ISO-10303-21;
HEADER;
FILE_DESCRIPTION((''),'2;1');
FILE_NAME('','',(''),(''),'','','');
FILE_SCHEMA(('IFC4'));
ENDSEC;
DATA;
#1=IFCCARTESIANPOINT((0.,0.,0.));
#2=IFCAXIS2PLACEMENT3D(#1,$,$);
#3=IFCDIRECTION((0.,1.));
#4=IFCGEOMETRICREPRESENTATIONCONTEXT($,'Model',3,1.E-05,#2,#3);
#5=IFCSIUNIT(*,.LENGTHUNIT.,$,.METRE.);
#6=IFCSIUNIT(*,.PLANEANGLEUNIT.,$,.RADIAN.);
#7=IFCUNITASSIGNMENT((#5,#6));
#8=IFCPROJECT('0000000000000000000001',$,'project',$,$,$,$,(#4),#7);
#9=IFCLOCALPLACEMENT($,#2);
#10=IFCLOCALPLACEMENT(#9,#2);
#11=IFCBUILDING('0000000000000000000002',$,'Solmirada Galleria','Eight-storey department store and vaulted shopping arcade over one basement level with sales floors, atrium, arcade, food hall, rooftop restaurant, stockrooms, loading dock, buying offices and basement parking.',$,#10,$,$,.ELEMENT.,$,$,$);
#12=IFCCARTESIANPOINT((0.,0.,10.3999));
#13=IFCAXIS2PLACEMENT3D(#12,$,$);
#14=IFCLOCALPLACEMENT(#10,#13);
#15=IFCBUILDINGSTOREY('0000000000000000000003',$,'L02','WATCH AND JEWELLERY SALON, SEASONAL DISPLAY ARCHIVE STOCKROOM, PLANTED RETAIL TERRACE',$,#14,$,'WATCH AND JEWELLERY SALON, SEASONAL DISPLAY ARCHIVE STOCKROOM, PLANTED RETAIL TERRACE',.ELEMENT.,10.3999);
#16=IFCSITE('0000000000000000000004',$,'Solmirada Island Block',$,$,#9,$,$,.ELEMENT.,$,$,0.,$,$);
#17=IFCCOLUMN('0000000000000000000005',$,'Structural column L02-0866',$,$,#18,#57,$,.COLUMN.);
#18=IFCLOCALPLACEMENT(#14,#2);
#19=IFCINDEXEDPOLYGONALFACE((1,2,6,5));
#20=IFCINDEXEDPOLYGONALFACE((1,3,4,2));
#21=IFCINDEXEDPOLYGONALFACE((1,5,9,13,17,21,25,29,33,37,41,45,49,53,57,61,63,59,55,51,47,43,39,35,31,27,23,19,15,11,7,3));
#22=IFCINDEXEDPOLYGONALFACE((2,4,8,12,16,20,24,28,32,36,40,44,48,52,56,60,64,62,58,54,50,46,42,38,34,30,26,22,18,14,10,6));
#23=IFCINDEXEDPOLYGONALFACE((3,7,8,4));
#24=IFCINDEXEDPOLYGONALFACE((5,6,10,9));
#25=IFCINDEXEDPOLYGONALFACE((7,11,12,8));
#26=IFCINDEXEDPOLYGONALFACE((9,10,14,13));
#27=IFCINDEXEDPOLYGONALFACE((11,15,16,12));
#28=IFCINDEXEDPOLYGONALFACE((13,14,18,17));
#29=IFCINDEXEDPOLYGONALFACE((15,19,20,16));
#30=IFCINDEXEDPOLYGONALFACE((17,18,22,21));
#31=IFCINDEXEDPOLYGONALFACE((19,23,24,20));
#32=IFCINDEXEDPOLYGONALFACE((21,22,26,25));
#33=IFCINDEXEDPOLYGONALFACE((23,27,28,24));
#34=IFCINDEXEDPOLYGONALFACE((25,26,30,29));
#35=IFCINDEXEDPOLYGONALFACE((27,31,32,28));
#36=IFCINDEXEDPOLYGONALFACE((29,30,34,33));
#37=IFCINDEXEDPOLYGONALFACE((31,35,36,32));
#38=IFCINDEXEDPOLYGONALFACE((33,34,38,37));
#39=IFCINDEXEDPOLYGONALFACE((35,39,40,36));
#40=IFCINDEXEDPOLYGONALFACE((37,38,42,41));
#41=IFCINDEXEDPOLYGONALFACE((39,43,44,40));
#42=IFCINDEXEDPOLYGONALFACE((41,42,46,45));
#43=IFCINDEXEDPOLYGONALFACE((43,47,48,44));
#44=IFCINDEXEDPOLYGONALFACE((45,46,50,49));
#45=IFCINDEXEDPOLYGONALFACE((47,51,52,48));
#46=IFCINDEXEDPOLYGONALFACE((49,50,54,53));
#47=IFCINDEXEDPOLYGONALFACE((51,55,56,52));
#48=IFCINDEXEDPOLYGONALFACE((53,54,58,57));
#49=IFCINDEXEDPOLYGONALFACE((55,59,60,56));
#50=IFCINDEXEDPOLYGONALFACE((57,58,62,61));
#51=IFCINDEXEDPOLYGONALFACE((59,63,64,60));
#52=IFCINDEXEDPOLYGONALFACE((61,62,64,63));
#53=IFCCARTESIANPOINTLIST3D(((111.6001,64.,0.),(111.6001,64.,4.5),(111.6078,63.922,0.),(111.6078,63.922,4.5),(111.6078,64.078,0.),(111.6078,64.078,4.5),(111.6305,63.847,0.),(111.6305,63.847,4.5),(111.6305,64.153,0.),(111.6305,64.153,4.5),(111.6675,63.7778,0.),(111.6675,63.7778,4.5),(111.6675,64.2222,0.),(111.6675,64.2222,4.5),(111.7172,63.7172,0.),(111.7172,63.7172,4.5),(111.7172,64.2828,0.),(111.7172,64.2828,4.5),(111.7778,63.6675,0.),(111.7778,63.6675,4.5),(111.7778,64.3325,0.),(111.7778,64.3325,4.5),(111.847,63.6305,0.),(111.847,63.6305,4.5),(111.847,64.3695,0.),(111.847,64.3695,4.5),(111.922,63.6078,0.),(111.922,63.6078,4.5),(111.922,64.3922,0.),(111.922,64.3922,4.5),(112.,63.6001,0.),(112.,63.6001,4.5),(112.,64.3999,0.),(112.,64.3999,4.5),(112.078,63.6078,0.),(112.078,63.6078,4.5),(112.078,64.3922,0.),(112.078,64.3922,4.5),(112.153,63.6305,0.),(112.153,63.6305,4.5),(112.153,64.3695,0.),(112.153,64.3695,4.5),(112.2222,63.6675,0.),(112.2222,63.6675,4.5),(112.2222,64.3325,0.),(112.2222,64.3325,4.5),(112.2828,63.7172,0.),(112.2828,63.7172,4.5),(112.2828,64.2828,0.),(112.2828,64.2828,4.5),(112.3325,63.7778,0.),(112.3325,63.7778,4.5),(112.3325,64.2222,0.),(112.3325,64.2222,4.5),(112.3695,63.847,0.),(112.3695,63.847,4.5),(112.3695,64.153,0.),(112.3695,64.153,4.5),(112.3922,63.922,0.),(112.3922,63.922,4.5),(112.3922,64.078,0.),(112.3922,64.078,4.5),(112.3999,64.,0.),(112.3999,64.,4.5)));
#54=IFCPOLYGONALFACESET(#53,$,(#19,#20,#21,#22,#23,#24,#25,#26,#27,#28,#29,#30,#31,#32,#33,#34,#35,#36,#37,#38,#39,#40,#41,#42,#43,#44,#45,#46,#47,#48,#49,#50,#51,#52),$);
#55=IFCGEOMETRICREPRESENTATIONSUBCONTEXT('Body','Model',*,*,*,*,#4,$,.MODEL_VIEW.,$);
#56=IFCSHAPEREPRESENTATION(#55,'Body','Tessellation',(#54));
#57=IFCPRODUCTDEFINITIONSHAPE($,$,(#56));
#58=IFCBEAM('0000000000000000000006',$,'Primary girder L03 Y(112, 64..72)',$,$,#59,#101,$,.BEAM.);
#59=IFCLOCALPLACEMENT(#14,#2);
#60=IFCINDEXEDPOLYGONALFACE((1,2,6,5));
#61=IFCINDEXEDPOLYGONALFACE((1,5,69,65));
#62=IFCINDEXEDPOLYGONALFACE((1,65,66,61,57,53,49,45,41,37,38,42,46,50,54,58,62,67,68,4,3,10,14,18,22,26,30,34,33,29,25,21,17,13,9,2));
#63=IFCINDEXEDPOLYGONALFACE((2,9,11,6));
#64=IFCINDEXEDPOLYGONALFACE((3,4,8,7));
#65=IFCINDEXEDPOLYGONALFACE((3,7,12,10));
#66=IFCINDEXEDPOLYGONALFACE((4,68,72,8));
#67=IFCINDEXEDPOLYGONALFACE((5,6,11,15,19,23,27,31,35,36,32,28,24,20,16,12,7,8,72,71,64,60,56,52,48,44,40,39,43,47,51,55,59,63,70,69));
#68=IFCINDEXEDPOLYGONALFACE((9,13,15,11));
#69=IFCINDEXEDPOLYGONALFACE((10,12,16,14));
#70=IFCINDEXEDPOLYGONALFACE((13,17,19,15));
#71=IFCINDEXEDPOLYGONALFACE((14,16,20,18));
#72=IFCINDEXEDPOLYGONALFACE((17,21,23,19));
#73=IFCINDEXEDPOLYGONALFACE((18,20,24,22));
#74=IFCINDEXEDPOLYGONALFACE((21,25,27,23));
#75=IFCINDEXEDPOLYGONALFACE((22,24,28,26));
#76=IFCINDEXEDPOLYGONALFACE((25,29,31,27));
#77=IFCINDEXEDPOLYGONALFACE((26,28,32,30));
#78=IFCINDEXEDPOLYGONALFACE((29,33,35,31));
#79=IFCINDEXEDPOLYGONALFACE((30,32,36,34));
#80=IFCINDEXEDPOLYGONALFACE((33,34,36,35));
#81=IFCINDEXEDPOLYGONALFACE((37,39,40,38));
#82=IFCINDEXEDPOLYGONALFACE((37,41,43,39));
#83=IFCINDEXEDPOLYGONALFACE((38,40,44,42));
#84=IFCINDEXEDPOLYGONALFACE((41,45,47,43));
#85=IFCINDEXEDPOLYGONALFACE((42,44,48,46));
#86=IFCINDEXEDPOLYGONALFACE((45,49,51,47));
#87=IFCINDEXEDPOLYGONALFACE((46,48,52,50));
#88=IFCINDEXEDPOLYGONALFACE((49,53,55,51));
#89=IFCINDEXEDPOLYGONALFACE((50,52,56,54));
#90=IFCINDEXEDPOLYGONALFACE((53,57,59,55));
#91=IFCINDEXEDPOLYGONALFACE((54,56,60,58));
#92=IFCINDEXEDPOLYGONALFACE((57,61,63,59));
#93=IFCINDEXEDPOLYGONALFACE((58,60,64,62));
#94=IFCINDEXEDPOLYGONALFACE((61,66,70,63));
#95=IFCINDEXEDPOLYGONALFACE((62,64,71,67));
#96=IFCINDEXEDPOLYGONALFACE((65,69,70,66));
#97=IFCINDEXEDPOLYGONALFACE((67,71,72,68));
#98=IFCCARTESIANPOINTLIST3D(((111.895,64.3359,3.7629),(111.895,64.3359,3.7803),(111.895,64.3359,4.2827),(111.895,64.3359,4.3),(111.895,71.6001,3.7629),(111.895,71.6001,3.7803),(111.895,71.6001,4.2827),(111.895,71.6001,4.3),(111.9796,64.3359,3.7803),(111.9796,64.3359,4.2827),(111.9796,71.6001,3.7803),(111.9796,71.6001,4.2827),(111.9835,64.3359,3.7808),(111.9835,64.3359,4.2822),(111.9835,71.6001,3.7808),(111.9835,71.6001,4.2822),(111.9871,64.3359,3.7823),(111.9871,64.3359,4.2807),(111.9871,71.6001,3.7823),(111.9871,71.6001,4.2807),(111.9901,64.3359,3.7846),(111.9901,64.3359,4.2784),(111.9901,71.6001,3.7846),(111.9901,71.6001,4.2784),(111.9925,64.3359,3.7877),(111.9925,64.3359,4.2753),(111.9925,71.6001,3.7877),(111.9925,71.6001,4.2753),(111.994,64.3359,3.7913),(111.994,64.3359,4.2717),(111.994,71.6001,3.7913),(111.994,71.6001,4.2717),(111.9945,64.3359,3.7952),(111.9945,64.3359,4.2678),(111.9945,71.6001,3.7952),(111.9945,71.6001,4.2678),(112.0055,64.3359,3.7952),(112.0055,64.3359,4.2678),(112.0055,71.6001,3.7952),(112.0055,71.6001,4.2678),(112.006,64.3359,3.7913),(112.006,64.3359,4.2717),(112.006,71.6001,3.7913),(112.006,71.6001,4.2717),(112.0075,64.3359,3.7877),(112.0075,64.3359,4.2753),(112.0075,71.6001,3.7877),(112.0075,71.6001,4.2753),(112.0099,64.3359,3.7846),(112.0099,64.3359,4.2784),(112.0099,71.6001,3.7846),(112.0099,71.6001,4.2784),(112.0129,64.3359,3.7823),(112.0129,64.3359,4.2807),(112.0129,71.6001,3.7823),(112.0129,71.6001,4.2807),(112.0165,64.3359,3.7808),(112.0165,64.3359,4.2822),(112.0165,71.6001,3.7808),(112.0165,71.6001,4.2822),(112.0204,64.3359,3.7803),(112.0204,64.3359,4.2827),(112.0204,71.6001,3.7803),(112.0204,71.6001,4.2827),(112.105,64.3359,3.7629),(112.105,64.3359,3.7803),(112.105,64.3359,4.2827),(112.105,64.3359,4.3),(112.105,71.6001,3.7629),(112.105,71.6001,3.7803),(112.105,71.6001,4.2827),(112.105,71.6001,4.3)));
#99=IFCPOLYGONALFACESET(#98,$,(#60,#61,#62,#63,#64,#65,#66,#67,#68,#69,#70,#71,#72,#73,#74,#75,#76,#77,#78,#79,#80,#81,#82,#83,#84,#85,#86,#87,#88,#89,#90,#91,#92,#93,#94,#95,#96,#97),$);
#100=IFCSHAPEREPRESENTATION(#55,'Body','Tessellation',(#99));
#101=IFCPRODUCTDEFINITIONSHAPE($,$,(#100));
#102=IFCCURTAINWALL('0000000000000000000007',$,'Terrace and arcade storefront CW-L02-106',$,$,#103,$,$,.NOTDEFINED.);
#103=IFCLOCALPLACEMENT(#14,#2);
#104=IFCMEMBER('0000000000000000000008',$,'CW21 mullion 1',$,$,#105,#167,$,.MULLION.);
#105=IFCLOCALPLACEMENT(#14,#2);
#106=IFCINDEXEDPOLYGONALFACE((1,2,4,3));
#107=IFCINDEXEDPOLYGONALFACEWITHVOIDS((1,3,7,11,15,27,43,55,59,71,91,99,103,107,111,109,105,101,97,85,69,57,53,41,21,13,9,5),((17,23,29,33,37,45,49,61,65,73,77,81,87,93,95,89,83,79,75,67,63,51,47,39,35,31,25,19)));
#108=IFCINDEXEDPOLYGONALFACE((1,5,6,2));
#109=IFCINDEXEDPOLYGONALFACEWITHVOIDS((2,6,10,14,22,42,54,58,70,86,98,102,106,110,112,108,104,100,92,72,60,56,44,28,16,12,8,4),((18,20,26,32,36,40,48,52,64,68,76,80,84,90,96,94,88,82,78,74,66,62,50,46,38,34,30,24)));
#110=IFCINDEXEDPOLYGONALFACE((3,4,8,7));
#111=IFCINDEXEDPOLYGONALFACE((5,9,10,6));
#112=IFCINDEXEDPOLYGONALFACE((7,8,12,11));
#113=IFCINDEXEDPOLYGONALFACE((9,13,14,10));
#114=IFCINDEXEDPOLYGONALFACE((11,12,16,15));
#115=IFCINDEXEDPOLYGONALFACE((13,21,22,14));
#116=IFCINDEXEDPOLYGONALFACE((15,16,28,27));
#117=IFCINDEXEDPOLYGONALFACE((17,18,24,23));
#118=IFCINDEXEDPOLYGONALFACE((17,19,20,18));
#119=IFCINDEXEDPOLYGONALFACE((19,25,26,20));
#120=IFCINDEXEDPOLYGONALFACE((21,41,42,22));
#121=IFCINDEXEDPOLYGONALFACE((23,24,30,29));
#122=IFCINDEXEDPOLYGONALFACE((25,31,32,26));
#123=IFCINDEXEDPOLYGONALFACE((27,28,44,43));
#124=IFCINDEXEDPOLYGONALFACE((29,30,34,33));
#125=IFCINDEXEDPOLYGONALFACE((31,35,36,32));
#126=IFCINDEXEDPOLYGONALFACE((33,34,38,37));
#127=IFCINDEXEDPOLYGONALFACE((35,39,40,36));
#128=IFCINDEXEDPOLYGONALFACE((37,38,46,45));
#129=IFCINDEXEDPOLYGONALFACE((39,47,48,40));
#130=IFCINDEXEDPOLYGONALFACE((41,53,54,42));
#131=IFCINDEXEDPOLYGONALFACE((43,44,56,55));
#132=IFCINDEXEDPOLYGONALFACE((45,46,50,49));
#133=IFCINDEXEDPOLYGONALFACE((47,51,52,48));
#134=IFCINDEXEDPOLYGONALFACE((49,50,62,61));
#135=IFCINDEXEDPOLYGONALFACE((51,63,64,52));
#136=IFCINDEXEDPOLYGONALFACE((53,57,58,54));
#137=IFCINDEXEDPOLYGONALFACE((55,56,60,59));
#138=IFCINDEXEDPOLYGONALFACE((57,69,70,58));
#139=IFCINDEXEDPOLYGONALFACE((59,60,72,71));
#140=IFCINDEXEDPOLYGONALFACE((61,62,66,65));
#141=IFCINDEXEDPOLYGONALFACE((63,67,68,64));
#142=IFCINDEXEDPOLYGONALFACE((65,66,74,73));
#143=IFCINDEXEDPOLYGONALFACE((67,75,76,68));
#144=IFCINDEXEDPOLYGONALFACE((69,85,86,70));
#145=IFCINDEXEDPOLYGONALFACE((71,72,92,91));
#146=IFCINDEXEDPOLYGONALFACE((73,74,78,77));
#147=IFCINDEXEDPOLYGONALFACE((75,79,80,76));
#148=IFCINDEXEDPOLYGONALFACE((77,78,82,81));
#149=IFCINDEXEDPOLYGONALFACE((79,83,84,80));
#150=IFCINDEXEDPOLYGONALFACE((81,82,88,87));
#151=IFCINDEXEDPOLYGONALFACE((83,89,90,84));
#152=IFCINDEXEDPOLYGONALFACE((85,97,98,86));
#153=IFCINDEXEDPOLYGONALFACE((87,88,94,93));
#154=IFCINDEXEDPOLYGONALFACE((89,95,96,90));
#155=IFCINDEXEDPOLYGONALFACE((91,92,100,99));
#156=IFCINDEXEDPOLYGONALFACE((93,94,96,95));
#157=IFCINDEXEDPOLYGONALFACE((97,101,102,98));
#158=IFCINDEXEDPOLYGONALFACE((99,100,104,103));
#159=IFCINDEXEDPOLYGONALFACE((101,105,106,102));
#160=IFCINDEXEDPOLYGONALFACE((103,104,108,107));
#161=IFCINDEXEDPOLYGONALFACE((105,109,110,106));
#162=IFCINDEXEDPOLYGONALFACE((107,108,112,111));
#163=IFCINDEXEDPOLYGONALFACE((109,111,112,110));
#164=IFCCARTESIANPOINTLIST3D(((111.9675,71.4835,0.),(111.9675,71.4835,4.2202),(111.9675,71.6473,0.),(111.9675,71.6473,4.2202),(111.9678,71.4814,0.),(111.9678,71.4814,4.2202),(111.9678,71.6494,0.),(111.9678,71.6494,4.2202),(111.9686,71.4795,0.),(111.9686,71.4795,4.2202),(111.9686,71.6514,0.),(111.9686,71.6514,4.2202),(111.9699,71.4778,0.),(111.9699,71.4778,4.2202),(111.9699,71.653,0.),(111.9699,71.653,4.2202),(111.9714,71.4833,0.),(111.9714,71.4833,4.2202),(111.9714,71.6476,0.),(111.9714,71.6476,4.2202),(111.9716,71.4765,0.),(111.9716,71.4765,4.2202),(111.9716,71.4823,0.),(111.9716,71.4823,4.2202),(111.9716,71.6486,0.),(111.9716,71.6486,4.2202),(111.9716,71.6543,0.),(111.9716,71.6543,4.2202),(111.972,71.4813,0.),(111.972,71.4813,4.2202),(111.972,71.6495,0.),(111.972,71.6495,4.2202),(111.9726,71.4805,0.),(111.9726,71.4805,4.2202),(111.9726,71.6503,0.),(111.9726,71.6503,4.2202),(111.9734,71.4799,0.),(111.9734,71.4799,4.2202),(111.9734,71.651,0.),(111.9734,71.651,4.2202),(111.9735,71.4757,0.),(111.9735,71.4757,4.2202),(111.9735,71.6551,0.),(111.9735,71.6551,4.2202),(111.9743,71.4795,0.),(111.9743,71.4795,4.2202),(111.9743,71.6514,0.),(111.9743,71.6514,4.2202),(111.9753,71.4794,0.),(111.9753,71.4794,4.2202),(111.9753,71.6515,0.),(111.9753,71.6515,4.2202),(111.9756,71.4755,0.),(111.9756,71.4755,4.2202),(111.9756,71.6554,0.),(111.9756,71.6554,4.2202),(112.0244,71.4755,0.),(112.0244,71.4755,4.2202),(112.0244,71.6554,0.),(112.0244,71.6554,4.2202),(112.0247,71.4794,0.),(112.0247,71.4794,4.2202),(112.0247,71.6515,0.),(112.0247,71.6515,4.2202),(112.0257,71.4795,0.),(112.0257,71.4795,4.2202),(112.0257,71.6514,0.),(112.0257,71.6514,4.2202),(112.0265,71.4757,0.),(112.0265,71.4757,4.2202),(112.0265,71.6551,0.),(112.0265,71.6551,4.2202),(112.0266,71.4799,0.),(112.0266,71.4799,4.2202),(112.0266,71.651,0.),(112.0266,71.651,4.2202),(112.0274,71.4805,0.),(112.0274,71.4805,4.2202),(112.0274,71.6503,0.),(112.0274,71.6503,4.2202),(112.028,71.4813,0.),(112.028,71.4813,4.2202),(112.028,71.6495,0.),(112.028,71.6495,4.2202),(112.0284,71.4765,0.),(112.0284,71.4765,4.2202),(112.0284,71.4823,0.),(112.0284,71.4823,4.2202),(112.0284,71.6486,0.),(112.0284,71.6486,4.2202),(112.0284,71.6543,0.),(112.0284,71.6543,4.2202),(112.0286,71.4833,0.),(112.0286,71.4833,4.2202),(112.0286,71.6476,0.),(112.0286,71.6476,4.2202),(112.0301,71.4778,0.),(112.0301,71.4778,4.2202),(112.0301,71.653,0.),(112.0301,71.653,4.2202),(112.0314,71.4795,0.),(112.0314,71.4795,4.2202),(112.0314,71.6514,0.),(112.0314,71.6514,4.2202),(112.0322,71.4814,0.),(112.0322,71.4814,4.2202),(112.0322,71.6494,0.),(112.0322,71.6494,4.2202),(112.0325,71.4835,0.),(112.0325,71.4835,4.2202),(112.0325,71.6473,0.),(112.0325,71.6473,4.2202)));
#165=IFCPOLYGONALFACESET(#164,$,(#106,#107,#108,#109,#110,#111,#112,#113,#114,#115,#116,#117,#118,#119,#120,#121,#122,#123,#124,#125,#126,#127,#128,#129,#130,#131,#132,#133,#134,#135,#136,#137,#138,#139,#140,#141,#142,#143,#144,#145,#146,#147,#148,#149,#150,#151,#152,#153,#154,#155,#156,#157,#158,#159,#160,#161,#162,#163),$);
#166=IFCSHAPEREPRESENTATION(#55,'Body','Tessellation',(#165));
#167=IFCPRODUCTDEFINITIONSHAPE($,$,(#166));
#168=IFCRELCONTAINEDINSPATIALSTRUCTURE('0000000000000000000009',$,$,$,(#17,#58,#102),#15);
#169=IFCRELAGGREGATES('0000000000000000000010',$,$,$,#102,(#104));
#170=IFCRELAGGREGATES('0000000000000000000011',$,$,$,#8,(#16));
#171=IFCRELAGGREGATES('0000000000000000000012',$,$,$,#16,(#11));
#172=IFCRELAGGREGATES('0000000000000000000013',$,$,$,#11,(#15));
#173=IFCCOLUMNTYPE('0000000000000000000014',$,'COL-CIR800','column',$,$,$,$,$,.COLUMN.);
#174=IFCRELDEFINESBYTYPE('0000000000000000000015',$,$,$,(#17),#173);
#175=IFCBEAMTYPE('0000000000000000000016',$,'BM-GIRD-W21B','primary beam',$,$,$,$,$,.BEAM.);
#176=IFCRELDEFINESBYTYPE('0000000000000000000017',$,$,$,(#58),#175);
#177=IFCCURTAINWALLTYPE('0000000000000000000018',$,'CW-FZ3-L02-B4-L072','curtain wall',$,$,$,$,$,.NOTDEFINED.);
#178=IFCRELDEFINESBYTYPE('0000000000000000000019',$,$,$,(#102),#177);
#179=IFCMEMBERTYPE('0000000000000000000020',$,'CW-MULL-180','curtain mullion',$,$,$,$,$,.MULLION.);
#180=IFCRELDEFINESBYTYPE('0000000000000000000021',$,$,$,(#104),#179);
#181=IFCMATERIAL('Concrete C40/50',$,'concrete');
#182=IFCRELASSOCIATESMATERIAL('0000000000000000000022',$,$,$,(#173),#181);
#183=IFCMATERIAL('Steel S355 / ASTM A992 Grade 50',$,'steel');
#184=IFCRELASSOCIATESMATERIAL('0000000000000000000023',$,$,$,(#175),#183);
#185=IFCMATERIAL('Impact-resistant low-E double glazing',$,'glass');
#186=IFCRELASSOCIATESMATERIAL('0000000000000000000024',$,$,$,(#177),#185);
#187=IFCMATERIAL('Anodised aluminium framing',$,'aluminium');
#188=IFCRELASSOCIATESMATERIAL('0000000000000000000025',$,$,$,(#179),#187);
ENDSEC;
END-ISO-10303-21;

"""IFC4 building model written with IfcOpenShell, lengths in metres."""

from ifc_helpers import new_model, si_unit, direction, frame, origin, origin_2d, place, context, subcontext, project, spatial, hollow_rectangle, circle, i_section, extrude, material, material_profile, profile_set, type_object, element, aggregate, save


model = new_model("IFC4")

# Units and contexts
model_context = context("Model", 3, precision=1e-05, world=origin(), true_north=direction((0.0, 1.0)))
body_context = subcontext(model_context, "Body", "Model", "MODEL_VIEW")
ifc_project = project(units=[si_unit("LENGTHUNIT", "METRE"), si_unit("PLANEANGLEUNIT", "RADIAN")], contexts=[model_context])

# Site, building, storey
site_placement = place(None, origin())
site = spatial("IfcSite", under=ifc_project, at=site_placement, Name="Solmirada Island Block", CompositionType="ELEMENT", RefElevation=0.0)
building_placement = place(site_placement, origin())
building = spatial("IfcBuilding", under=site, at=building_placement, Name="Solmirada Galleria", Description="Eight-storey department store and vaulted shopping arcade over one basement level with sales floors, atrium, arcade, food hall, rooftop restaurant, stockrooms, loading dock, buying offices and basement parking.", CompositionType="ELEMENT")
storey_placement = place(building_placement, frame((0.0, 0.0, 10.3999)))
storey = spatial("IfcBuildingStorey", under=building, at=storey_placement, Name="L02", Description="WATCH AND JEWELLERY SALON, SEASONAL DISPLAY ARCHIVE STOCKROOM, PLANTED RETAIL TERRACE", LongName="WATCH AND JEWELLERY SALON, SEASONAL DISPLAY ARCHIVE STOCKROOM, PLANTED RETAIL TERRACE", CompositionType="ELEMENT", Elevation=10.3999)

# Column
ifc_material_1 = material(Name="Concrete C40/50", Category="concrete")
ifc_material_profile_1 = material_profile(ifc_material_1, circle(Radius=0.3999, at=origin_2d()), Name="RCCOL800")
ifc_profile_set_1 = profile_set([ifc_material_profile_1], Name="Concrete C40/50")
column_type = type_object("IfcColumnType", Name="COL-CIR800", Description="column", PredefinedType="COLUMN", material=ifc_profile_set_1)
column_placement = place(storey_placement, frame((112.0, 64.0, 0.0), z_axis=(0.0, 0.0, 1.0), x_axis=(1.0, 0.0, 0.0)))
element("IfcColumn", 1, at=column_placement, inside=storey, type_object=column_type, Name="Structural column L02-0866", PredefinedType="COLUMN", context=body_context, shape_type="SweptSolid", body=[
    extrude(circle(Radius=0.3999, at=origin_2d()), origin(), (0.0, 0.0, 1.0), 4.5),
])

# Beam
ifc_material_2 = material(Name="Steel S355 / ASTM A992 Grade 50", Category="steel")
ifc_material_profile_2 = material_profile(ifc_material_2, i_section(OverallWidth=0.21, OverallDepth=0.5371, WebThickness=0.011, FlangeThickness=0.0173, FilletRadius=0.0149, at=origin_2d()), Name="W21X68")
ifc_profile_set_2 = profile_set([ifc_material_profile_2], Name="Steel S355 / ASTM A992 Grade 50")
beam_type = type_object("IfcBeamType", Name="BM-GIRD-W21B", Description="primary beam", PredefinedType="BEAM", material=ifc_profile_set_2)
beam_placement = place(storey_placement, frame((112.0, 64.3359, 4.0315), z_axis=(0.0, 1.0, 0.0), x_axis=(-1.0, 0.0, 0.0)))
element("IfcBeam", 2, at=beam_placement, inside=storey, type_object=beam_type, Name="Primary girder L03 Y(112, 64..72)", PredefinedType="BEAM", context=body_context, shape_type="SweptSolid", body=[
    extrude(i_section(OverallWidth=0.21, OverallDepth=0.5371, WebThickness=0.011, FlangeThickness=0.0173, FilletRadius=0.0149, at=origin_2d()), origin(), (0.0, 0.0, 1.0), 7.2642),
])

# Curtain wall, member
ifc_material_3 = material(Name="Impact-resistant low-E double glazing", Category="glass")
curtain_wall_type = type_object("IfcCurtainWallType", Name="CW-FZ3-L02-B4-L072", Description="curtain wall", PredefinedType="NOTDEFINED", material=ifc_material_3)
curtain_wall_1_placement = place(storey_placement, origin())
curtain_wall_1 = element("IfcCurtainWall", 3, at=curtain_wall_1_placement, inside=storey, type_object=curtain_wall_type, Name="Terrace and arcade storefront CW-L02-106", PredefinedType="NOTDEFINED")
ifc_material_4 = material(Name="Anodised aluminium framing", Category="aluminium")
ifc_material_profile_3 = material_profile(ifc_material_4, hollow_rectangle(XDim=0.0649, YDim=0.1799, WallThickness=0.0039, InnerFilletRadius=0.0039, OuterFilletRadius=0.0081, at=origin_2d()), Name="ALU-MULL-180X65")
ifc_profile_set_3 = profile_set([ifc_material_profile_3], Name="Anodised aluminium framing")
member_type_1 = type_object("IfcMemberType", Name="CW-MULL-180", Description="curtain mullion", PredefinedType="MULLION", material=ifc_profile_set_3)
member_1_placement = place(storey_placement, frame((112.0, 71.5654, 0.0), z_axis=(0.0, 0.0, 1.0), x_axis=(1.0, 0.0, 0.0)))
member_1 = element("IfcMember", 4, at=member_1_placement, type_object=member_type_1, Name="CW21 mullion 1", PredefinedType="MULLION", context=body_context, shape_type="SweptSolid", body=[
    extrude(hollow_rectangle(XDim=0.0649, YDim=0.1799, WallThickness=0.0039, InnerFilletRadius=0.0039, OuterFilletRadius=0.0081, at=origin_2d()), origin(), (0.0, 0.0, 1.0), 4.2202),
])

aggregate(curtain_wall_1, [member_1])

save(model, "model.ifc")
